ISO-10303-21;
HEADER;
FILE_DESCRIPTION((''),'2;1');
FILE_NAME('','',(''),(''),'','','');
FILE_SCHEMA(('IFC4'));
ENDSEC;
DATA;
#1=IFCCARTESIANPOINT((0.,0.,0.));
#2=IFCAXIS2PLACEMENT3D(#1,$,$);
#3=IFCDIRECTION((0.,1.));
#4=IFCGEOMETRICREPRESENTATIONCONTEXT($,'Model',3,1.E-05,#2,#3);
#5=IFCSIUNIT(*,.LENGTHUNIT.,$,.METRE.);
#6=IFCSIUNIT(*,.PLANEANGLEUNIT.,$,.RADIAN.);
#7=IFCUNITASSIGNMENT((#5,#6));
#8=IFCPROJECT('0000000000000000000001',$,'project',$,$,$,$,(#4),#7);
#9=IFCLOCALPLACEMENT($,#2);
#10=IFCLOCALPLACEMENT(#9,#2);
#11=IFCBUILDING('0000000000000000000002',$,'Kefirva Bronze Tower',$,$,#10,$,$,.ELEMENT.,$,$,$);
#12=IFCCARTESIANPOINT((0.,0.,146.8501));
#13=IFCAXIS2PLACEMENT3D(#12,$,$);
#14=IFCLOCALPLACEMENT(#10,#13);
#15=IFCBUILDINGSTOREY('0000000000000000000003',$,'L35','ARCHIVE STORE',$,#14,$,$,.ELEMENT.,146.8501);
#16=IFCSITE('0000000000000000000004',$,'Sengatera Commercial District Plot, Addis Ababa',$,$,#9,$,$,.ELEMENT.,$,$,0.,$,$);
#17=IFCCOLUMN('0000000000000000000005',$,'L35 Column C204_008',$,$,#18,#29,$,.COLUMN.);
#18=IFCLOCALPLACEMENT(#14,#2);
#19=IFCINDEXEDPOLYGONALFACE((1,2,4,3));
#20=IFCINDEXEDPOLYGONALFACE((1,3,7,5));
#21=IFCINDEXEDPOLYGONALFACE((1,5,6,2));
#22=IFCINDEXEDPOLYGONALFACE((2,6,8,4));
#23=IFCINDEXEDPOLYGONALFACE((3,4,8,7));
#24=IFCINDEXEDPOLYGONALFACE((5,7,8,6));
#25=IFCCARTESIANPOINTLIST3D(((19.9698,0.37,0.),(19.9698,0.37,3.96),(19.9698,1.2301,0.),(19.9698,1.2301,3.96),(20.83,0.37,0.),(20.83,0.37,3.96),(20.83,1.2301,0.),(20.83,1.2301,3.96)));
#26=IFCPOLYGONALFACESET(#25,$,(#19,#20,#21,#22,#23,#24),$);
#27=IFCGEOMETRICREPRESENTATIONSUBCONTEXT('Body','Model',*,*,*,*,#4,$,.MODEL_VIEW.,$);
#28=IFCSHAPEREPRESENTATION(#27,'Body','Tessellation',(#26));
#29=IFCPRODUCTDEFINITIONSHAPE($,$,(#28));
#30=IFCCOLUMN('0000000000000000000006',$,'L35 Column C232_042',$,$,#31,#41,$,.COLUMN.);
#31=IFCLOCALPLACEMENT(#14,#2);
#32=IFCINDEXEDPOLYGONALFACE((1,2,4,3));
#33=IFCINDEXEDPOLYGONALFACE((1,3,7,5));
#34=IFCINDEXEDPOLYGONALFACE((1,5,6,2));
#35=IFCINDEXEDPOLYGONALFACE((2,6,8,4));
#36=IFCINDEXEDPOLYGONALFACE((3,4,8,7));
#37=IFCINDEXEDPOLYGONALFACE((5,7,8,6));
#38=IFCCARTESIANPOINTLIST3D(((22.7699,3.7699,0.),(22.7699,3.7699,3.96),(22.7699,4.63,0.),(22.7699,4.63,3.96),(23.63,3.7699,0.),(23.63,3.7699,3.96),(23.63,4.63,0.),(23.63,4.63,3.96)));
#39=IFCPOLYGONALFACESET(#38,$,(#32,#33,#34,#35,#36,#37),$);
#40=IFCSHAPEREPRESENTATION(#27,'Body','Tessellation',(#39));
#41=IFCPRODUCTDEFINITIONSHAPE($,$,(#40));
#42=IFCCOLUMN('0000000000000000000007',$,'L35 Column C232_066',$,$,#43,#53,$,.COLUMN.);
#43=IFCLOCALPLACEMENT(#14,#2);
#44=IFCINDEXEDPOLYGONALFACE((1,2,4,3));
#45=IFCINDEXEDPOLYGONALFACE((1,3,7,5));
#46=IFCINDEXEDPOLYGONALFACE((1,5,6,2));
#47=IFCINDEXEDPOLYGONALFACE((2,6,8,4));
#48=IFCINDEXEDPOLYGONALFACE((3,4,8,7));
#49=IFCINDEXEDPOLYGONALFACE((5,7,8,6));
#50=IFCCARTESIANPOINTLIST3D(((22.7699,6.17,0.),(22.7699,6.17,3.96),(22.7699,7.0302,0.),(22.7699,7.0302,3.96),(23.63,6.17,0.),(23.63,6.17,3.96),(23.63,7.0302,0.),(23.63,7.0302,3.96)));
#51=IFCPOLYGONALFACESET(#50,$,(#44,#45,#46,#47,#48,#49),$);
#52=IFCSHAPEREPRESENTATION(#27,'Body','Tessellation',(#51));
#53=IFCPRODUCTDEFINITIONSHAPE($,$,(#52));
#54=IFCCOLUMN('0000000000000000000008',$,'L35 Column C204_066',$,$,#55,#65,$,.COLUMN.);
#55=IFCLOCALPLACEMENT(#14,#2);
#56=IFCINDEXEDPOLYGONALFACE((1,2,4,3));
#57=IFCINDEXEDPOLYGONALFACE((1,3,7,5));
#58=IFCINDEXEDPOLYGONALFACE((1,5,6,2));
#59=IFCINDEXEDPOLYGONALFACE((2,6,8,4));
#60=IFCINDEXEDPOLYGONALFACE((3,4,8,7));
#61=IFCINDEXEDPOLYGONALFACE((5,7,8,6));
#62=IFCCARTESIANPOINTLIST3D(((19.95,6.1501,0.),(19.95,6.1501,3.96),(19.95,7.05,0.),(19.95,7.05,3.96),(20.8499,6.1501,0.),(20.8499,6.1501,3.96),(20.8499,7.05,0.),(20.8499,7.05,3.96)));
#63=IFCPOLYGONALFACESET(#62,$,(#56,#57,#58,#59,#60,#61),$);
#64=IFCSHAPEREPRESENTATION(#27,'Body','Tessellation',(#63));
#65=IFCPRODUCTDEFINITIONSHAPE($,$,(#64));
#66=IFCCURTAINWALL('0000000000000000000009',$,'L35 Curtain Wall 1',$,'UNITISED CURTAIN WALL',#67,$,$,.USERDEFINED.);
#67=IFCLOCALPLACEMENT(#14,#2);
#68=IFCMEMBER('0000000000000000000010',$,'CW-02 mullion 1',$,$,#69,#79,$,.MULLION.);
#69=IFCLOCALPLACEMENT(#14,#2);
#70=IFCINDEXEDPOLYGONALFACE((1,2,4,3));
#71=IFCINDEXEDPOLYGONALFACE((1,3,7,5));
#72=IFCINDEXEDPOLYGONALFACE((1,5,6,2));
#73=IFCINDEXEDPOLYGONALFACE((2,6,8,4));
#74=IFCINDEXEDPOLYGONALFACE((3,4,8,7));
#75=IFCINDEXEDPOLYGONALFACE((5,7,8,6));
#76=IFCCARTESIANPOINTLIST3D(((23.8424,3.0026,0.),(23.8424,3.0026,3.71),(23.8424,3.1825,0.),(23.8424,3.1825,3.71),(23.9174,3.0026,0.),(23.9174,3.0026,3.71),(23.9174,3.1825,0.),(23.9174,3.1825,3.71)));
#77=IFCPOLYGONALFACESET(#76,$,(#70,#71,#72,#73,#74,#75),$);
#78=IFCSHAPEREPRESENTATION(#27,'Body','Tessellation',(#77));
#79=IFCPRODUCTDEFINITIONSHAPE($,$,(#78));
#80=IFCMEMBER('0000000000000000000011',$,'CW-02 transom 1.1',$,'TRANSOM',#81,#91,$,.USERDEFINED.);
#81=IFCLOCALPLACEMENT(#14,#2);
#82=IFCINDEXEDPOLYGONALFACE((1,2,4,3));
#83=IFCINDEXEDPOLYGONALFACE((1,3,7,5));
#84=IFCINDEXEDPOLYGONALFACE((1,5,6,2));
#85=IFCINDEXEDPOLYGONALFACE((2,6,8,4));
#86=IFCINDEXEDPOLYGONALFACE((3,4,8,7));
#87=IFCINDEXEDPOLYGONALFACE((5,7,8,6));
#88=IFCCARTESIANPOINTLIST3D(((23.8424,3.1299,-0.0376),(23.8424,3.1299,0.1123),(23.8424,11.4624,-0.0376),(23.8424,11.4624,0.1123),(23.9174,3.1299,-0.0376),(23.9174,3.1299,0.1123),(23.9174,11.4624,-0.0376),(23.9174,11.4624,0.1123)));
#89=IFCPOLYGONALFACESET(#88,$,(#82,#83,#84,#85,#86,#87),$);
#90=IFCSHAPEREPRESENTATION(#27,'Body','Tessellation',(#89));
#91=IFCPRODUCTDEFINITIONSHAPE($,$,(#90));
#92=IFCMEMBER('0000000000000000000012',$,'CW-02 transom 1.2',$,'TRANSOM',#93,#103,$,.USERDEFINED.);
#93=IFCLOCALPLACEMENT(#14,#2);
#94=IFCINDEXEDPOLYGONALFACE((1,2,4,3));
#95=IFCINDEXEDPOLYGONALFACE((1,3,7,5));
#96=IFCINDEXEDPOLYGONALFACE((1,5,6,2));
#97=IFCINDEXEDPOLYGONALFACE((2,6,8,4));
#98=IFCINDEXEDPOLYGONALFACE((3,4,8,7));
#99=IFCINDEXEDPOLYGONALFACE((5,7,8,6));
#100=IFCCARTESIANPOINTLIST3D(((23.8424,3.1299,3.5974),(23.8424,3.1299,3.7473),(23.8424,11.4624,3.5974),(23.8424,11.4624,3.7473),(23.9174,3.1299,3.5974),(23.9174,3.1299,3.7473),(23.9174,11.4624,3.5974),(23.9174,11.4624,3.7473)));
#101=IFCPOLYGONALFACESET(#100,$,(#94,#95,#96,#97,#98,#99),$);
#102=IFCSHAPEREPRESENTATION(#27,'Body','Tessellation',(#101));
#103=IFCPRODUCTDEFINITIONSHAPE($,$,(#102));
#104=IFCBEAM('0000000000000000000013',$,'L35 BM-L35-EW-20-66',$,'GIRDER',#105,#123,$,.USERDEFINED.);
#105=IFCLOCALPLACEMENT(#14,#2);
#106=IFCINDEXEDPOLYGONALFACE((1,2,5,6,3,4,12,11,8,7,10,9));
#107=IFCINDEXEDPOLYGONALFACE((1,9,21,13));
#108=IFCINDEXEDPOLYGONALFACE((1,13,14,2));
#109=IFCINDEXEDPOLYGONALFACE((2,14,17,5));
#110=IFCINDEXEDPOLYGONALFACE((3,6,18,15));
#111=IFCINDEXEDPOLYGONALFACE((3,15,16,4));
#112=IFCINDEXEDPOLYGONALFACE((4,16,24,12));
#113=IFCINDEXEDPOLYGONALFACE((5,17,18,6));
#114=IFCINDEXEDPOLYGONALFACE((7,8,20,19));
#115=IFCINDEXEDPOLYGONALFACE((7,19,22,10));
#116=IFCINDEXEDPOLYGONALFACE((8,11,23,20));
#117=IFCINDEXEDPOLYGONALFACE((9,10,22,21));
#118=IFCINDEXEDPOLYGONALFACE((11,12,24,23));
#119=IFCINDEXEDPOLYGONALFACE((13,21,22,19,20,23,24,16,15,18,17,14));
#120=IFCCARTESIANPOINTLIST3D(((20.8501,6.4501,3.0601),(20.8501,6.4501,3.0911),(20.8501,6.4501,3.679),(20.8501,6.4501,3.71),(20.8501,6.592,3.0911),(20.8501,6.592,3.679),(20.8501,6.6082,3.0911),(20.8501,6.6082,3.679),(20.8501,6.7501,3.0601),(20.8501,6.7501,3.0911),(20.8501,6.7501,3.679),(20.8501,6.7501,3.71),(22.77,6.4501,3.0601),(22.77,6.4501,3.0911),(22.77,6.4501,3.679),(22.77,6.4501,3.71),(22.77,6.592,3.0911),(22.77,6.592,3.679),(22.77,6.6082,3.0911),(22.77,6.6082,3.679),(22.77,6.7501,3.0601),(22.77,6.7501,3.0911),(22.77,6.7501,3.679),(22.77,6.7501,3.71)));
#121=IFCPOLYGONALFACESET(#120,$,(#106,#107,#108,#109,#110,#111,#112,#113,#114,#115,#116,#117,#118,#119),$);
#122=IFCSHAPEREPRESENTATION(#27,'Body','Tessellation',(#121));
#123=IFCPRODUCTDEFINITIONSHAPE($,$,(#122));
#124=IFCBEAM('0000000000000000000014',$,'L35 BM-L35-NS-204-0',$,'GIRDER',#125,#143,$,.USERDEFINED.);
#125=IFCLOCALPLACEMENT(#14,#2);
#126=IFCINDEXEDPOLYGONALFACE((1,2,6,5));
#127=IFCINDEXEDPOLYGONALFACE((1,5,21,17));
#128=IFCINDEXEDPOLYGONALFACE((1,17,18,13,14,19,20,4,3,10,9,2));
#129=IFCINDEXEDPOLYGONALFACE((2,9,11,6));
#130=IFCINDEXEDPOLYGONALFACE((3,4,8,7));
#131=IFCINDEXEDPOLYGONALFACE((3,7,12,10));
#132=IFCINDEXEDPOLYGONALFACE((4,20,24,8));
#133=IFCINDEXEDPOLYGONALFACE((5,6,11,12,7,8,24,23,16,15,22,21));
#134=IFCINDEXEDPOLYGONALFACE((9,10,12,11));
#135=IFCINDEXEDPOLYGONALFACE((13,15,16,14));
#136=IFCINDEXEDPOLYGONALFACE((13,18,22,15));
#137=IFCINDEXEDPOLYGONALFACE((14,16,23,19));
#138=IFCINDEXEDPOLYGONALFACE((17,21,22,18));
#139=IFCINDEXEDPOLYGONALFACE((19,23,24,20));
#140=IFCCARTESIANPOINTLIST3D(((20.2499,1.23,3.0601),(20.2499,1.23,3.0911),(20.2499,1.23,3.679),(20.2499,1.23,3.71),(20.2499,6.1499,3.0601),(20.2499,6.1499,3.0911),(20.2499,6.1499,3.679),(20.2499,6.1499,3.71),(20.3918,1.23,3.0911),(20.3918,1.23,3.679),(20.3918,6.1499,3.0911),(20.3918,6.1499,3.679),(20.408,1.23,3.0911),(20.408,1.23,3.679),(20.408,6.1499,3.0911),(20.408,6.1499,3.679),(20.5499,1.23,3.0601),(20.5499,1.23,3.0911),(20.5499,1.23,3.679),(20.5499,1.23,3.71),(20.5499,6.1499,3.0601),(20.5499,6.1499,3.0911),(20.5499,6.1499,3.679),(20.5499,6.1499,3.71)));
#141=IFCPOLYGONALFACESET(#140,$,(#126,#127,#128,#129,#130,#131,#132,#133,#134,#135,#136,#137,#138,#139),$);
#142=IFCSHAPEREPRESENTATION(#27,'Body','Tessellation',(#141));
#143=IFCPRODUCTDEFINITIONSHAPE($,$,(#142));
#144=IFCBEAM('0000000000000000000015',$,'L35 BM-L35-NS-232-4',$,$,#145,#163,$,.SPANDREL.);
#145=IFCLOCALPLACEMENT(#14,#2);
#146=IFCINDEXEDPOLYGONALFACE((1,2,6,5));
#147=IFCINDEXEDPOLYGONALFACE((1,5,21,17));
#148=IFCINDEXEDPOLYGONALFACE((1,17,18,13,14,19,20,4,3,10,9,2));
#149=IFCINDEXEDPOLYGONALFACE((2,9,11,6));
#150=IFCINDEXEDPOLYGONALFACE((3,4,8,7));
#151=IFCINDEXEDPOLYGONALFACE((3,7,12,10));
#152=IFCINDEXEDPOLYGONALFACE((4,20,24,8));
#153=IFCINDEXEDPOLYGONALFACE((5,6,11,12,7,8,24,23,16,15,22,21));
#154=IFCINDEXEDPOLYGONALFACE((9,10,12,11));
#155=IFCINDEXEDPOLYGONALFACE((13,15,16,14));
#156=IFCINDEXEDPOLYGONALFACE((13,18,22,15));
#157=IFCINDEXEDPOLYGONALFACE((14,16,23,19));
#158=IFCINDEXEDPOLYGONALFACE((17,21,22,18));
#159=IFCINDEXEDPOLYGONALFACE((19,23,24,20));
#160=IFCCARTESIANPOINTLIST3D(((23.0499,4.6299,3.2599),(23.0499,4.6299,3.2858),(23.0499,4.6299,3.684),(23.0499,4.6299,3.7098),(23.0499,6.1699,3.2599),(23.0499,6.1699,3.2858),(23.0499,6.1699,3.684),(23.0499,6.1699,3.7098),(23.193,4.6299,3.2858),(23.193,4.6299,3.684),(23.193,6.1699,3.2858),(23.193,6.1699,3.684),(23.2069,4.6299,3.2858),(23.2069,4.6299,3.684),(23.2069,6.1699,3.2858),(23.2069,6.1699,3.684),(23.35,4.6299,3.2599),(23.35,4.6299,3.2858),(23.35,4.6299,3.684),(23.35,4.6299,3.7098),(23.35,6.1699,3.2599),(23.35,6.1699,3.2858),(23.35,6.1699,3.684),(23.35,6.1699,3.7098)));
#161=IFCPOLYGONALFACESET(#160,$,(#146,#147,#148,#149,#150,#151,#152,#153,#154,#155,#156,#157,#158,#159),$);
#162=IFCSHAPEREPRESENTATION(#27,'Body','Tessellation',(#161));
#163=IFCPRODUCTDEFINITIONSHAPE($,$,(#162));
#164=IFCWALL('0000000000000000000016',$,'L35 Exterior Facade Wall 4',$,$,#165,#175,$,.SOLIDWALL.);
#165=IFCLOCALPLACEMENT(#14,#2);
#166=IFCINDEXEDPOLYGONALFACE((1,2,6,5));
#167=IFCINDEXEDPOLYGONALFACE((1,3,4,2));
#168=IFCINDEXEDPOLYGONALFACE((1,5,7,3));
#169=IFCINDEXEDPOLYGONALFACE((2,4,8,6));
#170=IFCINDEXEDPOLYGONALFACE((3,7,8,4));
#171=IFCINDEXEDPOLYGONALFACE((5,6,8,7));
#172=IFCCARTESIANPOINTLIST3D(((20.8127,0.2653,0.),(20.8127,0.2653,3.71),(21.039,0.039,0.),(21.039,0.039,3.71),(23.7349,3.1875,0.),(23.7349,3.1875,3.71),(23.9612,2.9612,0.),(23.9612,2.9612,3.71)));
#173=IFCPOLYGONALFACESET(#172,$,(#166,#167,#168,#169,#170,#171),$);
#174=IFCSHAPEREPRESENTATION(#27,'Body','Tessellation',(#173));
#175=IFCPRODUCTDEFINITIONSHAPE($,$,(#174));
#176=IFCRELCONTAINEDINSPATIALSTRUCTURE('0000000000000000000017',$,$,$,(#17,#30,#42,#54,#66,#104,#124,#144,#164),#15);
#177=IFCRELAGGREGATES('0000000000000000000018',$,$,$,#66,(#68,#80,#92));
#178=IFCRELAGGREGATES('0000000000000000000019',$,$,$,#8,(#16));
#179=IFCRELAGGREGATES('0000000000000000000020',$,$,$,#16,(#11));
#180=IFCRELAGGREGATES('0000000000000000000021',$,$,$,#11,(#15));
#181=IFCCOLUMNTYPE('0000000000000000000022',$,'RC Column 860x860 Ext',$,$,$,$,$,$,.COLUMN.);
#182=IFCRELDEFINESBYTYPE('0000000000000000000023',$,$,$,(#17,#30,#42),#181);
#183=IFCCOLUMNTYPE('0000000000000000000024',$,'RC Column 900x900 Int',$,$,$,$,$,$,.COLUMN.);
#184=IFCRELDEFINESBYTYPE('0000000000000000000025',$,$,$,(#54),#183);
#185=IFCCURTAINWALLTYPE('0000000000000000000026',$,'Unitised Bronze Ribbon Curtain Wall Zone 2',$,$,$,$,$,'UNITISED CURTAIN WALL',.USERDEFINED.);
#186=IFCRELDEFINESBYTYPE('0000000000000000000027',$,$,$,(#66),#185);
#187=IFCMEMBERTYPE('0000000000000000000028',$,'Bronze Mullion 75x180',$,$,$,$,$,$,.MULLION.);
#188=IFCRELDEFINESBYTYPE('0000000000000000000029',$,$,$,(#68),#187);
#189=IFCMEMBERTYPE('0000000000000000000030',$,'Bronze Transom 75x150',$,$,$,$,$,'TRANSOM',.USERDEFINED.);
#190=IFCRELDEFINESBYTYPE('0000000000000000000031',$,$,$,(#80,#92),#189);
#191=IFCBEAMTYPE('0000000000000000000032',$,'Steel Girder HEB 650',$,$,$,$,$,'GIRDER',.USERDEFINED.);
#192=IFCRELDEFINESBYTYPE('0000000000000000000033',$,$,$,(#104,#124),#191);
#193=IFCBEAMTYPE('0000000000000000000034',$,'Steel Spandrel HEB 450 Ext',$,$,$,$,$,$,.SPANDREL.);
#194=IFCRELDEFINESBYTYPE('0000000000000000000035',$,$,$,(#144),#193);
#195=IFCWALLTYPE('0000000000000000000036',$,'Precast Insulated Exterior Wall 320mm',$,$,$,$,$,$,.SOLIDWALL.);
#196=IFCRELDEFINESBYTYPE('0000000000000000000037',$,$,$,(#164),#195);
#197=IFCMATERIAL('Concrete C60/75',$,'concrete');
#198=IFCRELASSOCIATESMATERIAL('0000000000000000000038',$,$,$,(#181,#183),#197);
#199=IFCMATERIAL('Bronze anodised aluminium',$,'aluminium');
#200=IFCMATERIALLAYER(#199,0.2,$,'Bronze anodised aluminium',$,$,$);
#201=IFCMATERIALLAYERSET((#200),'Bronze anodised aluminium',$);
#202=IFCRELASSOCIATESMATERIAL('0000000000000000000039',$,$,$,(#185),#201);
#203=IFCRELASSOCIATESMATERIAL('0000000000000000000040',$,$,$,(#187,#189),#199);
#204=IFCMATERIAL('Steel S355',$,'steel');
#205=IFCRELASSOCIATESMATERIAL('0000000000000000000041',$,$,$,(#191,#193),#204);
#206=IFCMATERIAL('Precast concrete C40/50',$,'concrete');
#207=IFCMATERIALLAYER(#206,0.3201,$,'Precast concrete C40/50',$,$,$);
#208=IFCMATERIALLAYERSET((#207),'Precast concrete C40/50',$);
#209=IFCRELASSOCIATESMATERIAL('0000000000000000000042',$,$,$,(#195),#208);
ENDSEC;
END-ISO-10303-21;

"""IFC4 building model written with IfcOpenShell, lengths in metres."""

from ifc_helpers import new_model, si_unit, direction, frame, frame_2d, origin, origin_2d, place, context, subcontext, project, spatial, rectangle, i_section, extrude, material, layer, layer_set, material_profile, profile_set, type_object, element, aggregate, save


model = new_model("IFC4")

# Units and contexts
model_context = context("Model", 3, precision=1e-05, world=origin(), true_north=direction((0.0, 1.0)))
body_context = subcontext(model_context, "Body", "Model", "MODEL_VIEW")
ifc_project = project(units=[si_unit("LENGTHUNIT", "METRE"), si_unit("PLANEANGLEUNIT", "RADIAN")], contexts=[model_context])

# Site, building, storey
site_placement = place(None, origin())
site = spatial("IfcSite", under=ifc_project, at=site_placement, Name="Sengatera Commercial District Plot, Addis Ababa", CompositionType="ELEMENT", RefElevation=0.0)
building_placement = place(site_placement, origin())
building = spatial("IfcBuilding", under=site, at=building_placement, Name="Kefirva Bronze Tower", CompositionType="ELEMENT")
storey_placement = place(building_placement, frame((0.0, 0.0, 146.8501)))
storey = spatial("IfcBuildingStorey", under=building, at=storey_placement, Name="L35", Description="ARCHIVE STORE", CompositionType="ELEMENT", Elevation=146.8501)

# Columns
ifc_material_1 = material(Name="Concrete C60/75", Category="concrete")
ifc_material_profile_1 = material_profile(ifc_material_1, rectangle(XDim=0.8601, YDim=0.8601, at=origin_2d()), Name="RC 860x860")
ifc_profile_set_1 = profile_set([ifc_material_profile_1], Name="Concrete C60/75")
column_type_1 = type_object("IfcColumnType", Name="RC Column 860x860 Ext", PredefinedType="COLUMN", material=ifc_profile_set_1)
for number, where, z_axis, x_axis, name in (
    (1, (20.3999, 0.8, 0.0), (0.0, 0.0, 1.0), (1.0, 0.0, 0.0), "L35 Column C204_008"),
    (2, (23.2, 4.2, 0.0), (0.0, 0.0, 1.0), (1.0, 0.0, 0.0), "L35 Column C232_042"),
    (3, (23.2, 6.6001, 0.0), (0.0, 0.0, 1.0), (1.0, 0.0, 0.0), "L35 Column C232_066"),
):
    element("IfcColumn", number, at=place(storey_placement, frame(where, z_axis=z_axis, x_axis=x_axis)), inside=storey, type_object=column_type_1, Name=name, PredefinedType="COLUMN", context=body_context, shape_type="SweptSolid", body=[
        extrude(rectangle(XDim=0.8601, YDim=0.8601, at=origin_2d()), origin(), (0.0, 0.0, 1.0), 3.96),
    ])
ifc_material_profile_2 = material_profile(ifc_material_1, rectangle(XDim=0.8999, YDim=0.8999, at=origin_2d()), Name="RC 900x900")
ifc_profile_set_2 = profile_set([ifc_material_profile_2], Name="Concrete C60/75")
column_type_2 = type_object("IfcColumnType", Name="RC Column 900x900 Int", PredefinedType="COLUMN", material=ifc_profile_set_2)
column_placement = place(storey_placement, frame((20.3999, 6.6001, 0.0), z_axis=(0.0, 0.0, 1.0), x_axis=(1.0, 0.0, 0.0)))
element("IfcColumn", 4, at=column_placement, inside=storey, type_object=column_type_2, Name="L35 Column C204_066", PredefinedType="COLUMN", context=body_context, shape_type="SweptSolid", body=[
    extrude(rectangle(XDim=0.8999, YDim=0.8999, at=origin_2d()), origin(), (0.0, 0.0, 1.0), 3.96),
])

# Curtain wall, members
ifc_material_2 = material(Name="Bronze anodised aluminium", Category="aluminium")
ifc_layer_1 = layer(ifc_material_2, 0.2, Name="Bronze anodised aluminium")
ifc_layer_set_1 = layer_set([ifc_layer_1], Name="Bronze anodised aluminium")
curtain_wall_type = type_object("IfcCurtainWallType", Name="Unitised Bronze Ribbon Curtain Wall Zone 2", ElementType="UNITISED CURTAIN WALL", PredefinedType="USERDEFINED", material=ifc_layer_set_1)
curtain_wall_placement = place(storey_placement, origin())
curtain_wall = element("IfcCurtainWall", 5, at=curtain_wall_placement, inside=storey, type_object=curtain_wall_type, Name="L35 Curtain Wall 1", ObjectType="UNITISED CURTAIN WALL", PredefinedType="USERDEFINED")
ifc_material_profile_3 = material_profile(ifc_material_2, rectangle(XDim=0.075, YDim=0.1799, at=origin_2d()), Name="ALU 75x180")
ifc_profile_set_3 = profile_set([ifc_material_profile_3], Name="Bronze anodised aluminium")
member_type_1 = type_object("IfcMemberType", Name="Bronze Mullion 75x180", PredefinedType="MULLION", material=ifc_profile_set_3)
member_1_placement = place(storey_placement, frame((23.8799, 3.0925, 0.0), z_axis=(0.0, 0.0, 1.0), x_axis=(-1.0, 0.0, 0.0)))
member_1 = element("IfcMember", 6, at=member_1_placement, type_object=member_type_1, Name="CW-02 mullion 1", PredefinedType="MULLION", context=body_context, shape_type="SweptSolid", body=[
    extrude(rectangle(XDim=0.075, YDim=0.1799, at=origin_2d()), origin(), (0.0, 0.0, 1.0), 3.71),
])
ifc_material_profile_4 = material_profile(ifc_material_2, rectangle(XDim=0.075, YDim=0.1499, at=origin_2d()), Name="ALU 75x150")
ifc_profile_set_4 = profile_set([ifc_material_profile_4], Name="Bronze anodised aluminium")
member_type_2 = type_object("IfcMemberType", Name="Bronze Transom 75x150", ElementType="TRANSOM", PredefinedType="USERDEFINED", material=ifc_profile_set_4)
member_2_placement = place(storey_placement, frame((23.8799, 3.1299, 0.0374), z_axis=(0.0, 1.0, 0.0), x_axis=(-1.0, 0.0, 0.0)))
member_2 = element("IfcMember", 7, at=member_2_placement, type_object=member_type_2, Name="CW-02 transom 1.1", ObjectType="TRANSOM", PredefinedType="USERDEFINED", context=body_context, shape_type="SweptSolid", body=[
    extrude(rectangle(XDim=0.075, YDim=0.1499, at=origin_2d()), origin(), (0.0, 0.0, 1.0), 8.3325),
])
member_3_placement = place(storey_placement, frame((23.8799, 3.1299, 3.6724), z_axis=(0.0, 1.0, 0.0), x_axis=(-1.0, 0.0, 0.0)))
member_3 = element("IfcMember", 8, at=member_3_placement, type_object=member_type_2, Name="CW-02 transom 1.2", ObjectType="TRANSOM", PredefinedType="USERDEFINED", context=body_context, shape_type="SweptSolid", body=[
    extrude(rectangle(XDim=0.075, YDim=0.1499, at=origin_2d()), origin(), (0.0, 0.0, 1.0), 8.3325),
])
aggregate(curtain_wall, [member_1, member_2, member_3])

# Beams
ifc_material_3 = material(Name="Steel S355", Category="steel")
ifc_material_profile_5 = material_profile(ifc_material_3, i_section(OverallWidth=0.3, OverallDepth=0.6499, WebThickness=0.0161, FlangeThickness=0.031, at=origin_2d()), Name="HEB 650")
ifc_profile_set_5 = profile_set([ifc_material_profile_5], Name="Steel S355")
beam_type_1 = type_object("IfcBeamType", Name="Steel Girder HEB 650", ElementType="GIRDER", PredefinedType="USERDEFINED", material=ifc_profile_set_5)
beam_1_placement = place(storey_placement, frame((20.8501, 6.6001, 3.385), z_axis=(1.0, 0.0, 0.0), x_axis=(0.0, 1.0, 0.0)))
element("IfcBeam", 9, at=beam_1_placement, inside=storey, type_object=beam_type_1, Name="L35 BM-L35-EW-20-66", ObjectType="GIRDER", PredefinedType="USERDEFINED", context=body_context, shape_type="SweptSolid", body=[
    extrude(i_section(OverallWidth=0.3, OverallDepth=0.6499, WebThickness=0.0161, FlangeThickness=0.031, at=origin_2d()), origin(), (0.0, 0.0, 1.0), 1.9199),
])
beam_2_placement = place(storey_placement, frame((20.3999, 1.23, 3.385), z_axis=(0.0, 1.0, 0.0), x_axis=(-1.0, 0.0, 0.0)))
element("IfcBeam", 10, at=beam_2_placement, inside=storey, type_object=beam_type_1, Name="L35 BM-L35-NS-204-0", ObjectType="GIRDER", PredefinedType="USERDEFINED", context=body_context, shape_type="SweptSolid", body=[
    extrude(i_section(OverallWidth=0.3, OverallDepth=0.6499, WebThickness=0.0161, FlangeThickness=0.031, at=origin_2d()), origin(), (0.0, 0.0, 1.0), 4.9199),
])
ifc_material_profile_6 = material_profile(ifc_material_3, i_section(OverallWidth=0.3, OverallDepth=0.45, WebThickness=0.0139, FlangeThickness=0.0259, at=origin_2d()), Name="HEB 450")
ifc_profile_set_6 = profile_set([ifc_material_profile_6], Name="Steel S355")
beam_type_2 = type_object("IfcBeamType", Name="Steel Spandrel HEB 450 Ext", PredefinedType="SPANDREL", material=ifc_profile_set_6)
beam_3_placement = place(storey_placement, frame((23.2, 4.6299, 3.4849), z_axis=(0.0, 1.0, 0.0), x_axis=(-1.0, 0.0, 0.0)))
element("IfcBeam", 11, at=beam_3_placement, inside=storey, type_object=beam_type_2, Name="L35 BM-L35-NS-232-4", PredefinedType="SPANDREL", context=body_context, shape_type="SweptSolid", body=[
    extrude(i_section(OverallWidth=0.3, OverallDepth=0.45, WebThickness=0.0139, FlangeThickness=0.0259, at=origin_2d()), origin(), (0.0, 0.0, 1.0), 1.54),
])

# Wall
ifc_material_4 = material(Name="Precast concrete C40/50", Category="concrete")
ifc_layer_2 = layer(ifc_material_4, 0.3201, Name="Precast concrete C40/50")
ifc_layer_set_2 = layer_set([ifc_layer_2], Name="Precast concrete C40/50")
wall_type_1 = type_object("IfcWallType", Name="Precast Insulated Exterior Wall 320mm", PredefinedType="SOLIDWALL", material=ifc_layer_set_2)
wall_1_placement = place(storey_placement, frame((20.9258, 0.1521, 0.0), z_axis=(0.0, 0.0, 1.0), x_axis=(0.707107, 0.707107, 0.0)))
element("IfcWall", 12, at=wall_1_placement, inside=storey, type_object=wall_type_1, Name="L35 Exterior Facade Wall 4", PredefinedType="SOLIDWALL", context=body_context, shape_type="SweptSolid", body=[
    extrude(rectangle(XDim=4.1326, YDim=0.3201, at=frame_2d((2.0664, 0.0))), origin(), (0.0, 0.0, 1.0), 3.71),
])

save(model, "model.ifc")
